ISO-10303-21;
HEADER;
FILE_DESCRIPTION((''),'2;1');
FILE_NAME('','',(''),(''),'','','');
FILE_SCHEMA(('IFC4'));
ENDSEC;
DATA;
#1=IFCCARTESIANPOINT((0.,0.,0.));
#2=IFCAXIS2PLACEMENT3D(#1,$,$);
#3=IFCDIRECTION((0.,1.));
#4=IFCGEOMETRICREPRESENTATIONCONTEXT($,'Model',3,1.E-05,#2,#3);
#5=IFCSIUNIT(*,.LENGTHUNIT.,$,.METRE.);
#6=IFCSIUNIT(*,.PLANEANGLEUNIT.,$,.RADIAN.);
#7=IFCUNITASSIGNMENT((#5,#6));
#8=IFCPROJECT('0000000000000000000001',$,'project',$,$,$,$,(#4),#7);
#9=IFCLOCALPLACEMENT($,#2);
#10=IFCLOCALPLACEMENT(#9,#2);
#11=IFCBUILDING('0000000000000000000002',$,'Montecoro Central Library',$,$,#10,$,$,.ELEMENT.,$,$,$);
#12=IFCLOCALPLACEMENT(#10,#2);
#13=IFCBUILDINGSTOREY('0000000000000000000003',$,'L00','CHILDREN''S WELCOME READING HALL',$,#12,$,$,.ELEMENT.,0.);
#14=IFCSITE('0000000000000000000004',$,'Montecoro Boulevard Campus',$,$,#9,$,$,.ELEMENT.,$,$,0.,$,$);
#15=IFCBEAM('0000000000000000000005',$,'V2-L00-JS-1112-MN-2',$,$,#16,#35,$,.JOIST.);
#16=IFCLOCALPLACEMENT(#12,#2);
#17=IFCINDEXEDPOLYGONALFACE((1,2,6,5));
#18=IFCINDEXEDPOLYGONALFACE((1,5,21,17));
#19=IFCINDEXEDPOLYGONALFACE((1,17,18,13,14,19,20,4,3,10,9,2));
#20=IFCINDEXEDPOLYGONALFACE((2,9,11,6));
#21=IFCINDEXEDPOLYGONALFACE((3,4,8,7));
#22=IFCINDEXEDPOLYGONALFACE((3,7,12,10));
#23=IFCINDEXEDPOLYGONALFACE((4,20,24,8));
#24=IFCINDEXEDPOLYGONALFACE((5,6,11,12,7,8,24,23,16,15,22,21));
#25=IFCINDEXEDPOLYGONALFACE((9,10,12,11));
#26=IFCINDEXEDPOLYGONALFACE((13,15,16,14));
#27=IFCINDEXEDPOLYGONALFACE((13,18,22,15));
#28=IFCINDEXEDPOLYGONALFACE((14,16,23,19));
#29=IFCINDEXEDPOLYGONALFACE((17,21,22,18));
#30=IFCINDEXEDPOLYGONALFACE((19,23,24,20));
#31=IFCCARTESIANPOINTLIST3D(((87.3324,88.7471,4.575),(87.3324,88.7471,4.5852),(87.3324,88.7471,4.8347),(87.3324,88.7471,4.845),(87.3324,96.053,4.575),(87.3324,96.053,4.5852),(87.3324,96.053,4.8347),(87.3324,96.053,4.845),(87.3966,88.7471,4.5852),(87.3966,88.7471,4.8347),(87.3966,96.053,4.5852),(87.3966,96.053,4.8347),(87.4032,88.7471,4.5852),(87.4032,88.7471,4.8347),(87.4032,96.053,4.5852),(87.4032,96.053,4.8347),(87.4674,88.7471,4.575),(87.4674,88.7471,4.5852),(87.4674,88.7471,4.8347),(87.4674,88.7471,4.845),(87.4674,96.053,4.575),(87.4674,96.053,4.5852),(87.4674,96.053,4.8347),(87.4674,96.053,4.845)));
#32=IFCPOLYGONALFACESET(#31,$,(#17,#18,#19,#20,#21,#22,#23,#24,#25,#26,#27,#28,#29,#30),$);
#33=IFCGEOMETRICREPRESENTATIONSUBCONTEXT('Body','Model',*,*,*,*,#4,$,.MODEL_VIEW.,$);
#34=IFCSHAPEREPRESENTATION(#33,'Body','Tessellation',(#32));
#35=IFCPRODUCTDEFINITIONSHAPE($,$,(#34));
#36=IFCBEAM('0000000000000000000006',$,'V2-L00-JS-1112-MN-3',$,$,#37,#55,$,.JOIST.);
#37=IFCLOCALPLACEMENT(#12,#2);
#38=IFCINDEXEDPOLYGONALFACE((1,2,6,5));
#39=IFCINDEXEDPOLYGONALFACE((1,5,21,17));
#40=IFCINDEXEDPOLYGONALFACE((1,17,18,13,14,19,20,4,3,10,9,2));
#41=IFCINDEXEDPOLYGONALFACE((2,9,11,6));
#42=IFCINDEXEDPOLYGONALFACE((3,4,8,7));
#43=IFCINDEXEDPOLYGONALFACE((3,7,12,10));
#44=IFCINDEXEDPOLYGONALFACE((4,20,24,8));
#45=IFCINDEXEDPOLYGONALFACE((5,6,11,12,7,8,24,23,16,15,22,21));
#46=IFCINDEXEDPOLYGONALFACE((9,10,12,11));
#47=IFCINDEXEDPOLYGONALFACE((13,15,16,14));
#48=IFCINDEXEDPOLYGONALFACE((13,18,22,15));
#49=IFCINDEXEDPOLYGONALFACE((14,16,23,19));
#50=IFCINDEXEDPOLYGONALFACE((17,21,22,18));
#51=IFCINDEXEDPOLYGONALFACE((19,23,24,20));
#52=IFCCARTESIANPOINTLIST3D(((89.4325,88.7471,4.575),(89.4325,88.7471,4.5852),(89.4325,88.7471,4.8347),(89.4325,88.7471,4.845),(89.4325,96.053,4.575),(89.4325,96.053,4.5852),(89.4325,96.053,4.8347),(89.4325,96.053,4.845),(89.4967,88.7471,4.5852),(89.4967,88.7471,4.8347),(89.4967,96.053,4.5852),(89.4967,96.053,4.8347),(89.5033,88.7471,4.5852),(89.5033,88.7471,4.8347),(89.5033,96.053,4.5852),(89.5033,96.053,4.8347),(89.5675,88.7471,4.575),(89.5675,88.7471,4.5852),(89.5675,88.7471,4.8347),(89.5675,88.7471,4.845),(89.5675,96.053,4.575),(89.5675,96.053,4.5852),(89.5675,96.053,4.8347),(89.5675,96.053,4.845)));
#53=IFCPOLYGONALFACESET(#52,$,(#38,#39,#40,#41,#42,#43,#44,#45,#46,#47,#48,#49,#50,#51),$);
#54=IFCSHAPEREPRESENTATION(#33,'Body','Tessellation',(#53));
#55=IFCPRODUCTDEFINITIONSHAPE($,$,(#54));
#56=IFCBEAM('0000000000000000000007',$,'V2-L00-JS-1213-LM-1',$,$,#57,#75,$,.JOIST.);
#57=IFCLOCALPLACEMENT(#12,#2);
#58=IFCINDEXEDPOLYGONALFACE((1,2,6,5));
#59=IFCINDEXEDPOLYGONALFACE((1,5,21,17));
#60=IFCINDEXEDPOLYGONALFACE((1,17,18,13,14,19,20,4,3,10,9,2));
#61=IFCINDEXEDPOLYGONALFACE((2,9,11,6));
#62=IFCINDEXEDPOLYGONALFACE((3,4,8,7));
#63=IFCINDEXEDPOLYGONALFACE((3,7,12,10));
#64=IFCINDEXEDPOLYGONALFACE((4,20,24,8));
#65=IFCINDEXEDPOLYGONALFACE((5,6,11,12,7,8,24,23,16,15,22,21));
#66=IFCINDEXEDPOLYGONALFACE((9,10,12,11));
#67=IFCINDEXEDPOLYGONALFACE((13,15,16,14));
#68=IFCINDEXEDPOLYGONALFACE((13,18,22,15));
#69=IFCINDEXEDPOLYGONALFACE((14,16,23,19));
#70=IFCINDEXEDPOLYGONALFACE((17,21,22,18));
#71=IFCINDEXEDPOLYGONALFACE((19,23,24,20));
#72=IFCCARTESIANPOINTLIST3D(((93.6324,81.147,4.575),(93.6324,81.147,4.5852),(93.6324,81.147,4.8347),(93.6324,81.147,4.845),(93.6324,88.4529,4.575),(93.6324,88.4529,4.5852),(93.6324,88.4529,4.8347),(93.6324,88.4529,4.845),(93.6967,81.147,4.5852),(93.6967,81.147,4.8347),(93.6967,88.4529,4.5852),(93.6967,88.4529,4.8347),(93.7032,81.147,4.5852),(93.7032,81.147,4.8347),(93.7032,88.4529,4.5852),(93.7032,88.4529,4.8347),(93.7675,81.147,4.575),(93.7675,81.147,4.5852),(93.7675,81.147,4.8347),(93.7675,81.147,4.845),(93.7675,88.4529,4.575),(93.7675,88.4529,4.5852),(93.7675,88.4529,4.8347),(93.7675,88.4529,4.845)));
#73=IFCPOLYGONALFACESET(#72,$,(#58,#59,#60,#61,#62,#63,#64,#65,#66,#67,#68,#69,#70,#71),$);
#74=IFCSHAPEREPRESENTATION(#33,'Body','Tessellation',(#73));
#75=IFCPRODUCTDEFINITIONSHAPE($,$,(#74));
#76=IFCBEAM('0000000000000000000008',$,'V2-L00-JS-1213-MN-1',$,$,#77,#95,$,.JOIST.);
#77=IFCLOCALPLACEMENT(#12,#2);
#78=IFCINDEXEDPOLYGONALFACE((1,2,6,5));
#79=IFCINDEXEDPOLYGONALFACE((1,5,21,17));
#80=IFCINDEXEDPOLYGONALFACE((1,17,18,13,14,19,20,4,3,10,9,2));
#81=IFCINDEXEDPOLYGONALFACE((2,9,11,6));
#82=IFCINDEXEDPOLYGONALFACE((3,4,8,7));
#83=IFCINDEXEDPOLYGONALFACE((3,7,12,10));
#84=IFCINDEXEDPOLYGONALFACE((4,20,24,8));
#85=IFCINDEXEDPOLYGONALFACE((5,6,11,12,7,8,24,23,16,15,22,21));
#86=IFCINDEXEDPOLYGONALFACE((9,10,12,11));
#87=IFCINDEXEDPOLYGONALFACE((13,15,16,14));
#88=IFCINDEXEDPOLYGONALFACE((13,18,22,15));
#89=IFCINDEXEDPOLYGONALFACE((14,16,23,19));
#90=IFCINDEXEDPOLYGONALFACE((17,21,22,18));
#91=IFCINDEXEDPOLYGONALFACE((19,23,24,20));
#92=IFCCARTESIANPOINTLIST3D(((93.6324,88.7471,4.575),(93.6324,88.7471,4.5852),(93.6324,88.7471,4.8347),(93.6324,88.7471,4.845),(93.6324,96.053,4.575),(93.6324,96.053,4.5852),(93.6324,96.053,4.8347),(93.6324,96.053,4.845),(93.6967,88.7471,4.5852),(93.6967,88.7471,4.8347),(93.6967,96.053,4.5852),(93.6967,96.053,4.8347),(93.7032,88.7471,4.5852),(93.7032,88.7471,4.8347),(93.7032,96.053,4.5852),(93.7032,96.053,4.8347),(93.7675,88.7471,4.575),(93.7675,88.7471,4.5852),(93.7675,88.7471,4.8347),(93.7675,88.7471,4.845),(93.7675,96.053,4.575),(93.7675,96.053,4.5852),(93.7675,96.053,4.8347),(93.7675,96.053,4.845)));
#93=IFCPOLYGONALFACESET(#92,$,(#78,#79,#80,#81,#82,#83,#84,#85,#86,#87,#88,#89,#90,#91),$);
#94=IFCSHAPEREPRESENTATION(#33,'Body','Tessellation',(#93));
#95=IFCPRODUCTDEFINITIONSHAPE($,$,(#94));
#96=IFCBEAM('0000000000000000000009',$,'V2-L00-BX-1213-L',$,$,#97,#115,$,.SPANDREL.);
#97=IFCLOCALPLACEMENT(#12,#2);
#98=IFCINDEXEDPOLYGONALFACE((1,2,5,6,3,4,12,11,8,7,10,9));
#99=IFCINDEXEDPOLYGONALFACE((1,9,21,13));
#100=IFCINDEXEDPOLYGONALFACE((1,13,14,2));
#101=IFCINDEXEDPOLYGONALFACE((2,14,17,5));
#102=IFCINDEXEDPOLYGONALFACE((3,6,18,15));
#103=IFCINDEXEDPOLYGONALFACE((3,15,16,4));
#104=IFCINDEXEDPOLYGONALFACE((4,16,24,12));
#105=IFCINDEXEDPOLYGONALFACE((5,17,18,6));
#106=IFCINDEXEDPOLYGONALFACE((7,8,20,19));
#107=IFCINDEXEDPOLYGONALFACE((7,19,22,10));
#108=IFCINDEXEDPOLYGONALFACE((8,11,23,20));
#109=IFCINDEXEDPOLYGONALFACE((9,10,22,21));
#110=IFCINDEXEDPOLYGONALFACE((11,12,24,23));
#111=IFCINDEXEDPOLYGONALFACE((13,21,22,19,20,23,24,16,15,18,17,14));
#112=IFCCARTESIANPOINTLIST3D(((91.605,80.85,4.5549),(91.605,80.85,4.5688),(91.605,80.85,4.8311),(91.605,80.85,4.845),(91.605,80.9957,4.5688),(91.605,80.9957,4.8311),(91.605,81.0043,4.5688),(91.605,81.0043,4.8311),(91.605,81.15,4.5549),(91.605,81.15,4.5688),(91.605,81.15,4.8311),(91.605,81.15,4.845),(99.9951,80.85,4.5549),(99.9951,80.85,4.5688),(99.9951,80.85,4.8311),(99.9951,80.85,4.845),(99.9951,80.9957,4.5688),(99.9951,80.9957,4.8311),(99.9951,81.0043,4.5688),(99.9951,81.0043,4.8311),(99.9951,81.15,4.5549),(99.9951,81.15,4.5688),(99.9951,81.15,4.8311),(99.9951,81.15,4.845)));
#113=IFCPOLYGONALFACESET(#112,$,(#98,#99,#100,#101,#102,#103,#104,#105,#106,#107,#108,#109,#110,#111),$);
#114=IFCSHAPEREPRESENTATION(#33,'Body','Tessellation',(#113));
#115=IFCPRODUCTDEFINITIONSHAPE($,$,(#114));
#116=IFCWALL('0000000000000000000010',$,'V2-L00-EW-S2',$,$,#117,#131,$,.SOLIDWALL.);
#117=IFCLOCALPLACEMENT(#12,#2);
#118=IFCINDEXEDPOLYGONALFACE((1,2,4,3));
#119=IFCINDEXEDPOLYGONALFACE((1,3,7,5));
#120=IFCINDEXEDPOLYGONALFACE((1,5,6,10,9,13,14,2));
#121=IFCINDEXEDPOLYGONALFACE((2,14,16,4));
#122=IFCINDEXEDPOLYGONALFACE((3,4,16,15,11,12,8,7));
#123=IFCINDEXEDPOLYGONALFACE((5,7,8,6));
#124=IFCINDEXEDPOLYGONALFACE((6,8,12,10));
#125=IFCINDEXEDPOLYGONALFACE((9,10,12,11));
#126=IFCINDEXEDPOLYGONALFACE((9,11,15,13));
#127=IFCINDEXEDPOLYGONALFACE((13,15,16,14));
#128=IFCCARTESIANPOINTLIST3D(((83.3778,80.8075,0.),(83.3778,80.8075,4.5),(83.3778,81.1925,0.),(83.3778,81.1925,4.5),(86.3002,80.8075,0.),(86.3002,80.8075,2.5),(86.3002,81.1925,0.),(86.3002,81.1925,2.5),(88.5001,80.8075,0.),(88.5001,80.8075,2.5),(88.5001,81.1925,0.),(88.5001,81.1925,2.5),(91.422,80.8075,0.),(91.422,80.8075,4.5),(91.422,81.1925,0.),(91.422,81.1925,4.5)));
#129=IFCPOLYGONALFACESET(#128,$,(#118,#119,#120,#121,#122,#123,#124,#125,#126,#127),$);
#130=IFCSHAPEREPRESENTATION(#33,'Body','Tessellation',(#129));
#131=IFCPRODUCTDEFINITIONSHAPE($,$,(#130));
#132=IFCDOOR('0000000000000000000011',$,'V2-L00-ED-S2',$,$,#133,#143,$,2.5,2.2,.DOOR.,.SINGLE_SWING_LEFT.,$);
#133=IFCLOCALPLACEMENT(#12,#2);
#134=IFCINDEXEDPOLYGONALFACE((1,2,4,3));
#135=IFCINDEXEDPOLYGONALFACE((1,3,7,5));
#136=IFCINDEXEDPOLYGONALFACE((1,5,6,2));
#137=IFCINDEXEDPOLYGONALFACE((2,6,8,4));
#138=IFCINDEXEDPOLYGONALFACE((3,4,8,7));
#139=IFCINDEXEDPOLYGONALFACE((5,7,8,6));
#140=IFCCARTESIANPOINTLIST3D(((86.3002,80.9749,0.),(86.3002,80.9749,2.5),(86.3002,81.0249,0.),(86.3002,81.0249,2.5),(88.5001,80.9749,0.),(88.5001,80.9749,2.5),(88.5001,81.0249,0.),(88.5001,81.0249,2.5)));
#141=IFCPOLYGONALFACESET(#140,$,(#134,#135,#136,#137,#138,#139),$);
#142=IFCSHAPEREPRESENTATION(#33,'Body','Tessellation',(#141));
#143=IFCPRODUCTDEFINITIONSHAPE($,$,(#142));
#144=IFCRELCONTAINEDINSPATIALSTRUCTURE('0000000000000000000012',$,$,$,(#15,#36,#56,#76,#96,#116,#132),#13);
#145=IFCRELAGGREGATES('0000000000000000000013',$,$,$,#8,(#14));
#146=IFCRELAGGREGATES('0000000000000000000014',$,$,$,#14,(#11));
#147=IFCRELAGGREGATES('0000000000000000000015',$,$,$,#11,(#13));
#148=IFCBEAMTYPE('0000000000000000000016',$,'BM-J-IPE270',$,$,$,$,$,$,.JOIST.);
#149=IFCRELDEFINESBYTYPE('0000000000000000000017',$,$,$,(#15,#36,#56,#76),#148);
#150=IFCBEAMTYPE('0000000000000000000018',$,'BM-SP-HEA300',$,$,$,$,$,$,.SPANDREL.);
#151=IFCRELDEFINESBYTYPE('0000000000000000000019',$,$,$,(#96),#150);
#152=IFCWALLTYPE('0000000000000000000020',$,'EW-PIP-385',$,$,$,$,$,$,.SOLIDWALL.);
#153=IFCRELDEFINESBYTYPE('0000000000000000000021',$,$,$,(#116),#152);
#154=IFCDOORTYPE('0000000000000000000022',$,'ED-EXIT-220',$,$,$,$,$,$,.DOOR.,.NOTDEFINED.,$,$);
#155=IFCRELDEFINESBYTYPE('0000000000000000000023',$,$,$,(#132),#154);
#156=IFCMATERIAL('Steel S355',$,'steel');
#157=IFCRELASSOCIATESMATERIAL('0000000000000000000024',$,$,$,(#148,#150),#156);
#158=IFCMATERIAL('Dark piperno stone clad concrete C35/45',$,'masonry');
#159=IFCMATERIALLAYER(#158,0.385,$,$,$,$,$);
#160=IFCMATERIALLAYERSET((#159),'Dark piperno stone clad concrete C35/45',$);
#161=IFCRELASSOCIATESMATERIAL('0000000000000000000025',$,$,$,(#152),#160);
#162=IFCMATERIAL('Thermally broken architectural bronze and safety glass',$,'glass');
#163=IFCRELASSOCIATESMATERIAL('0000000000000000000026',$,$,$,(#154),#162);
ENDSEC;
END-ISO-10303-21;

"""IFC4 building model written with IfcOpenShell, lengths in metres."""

from ifc_helpers import new_model, si_unit, direction, frame, frame_2d, origin, origin_2d, place, context, subcontext, project, spatial, rectangle, i_section, extrude, material, layer, layer_set, material_profile, profile_set, type_object, element, fill, save


model = new_model("IFC4")

# Units and contexts
model_context = context("Model", 3, precision=1e-05, world=origin(), true_north=direction((0.0, 1.0)))
body_context = subcontext(model_context, "Body", "Model", "MODEL_VIEW")
ifc_project = project(units=[si_unit("LENGTHUNIT", "METRE"), si_unit("PLANEANGLEUNIT", "RADIAN")], contexts=[model_context])

# Site, building, storey
site_placement = place(None, origin())
site = spatial("IfcSite", under=ifc_project, at=site_placement, Name="Montecoro Boulevard Campus", CompositionType="ELEMENT", RefElevation=0.0)
building_placement = place(site_placement, origin())
building = spatial("IfcBuilding", under=site, at=building_placement, Name="Montecoro Central Library", CompositionType="ELEMENT")
storey_placement = place(building_placement, origin())
storey = spatial("IfcBuildingStorey", under=building, at=storey_placement, Name="L00", Description="CHILDREN'S WELCOME READING HALL", CompositionType="ELEMENT", Elevation=0.0)

# Shared definitions
ifc_material_1 = material(Name="Steel S355", Category="steel")

# Beams
ifc_material_profile_1 = material_profile(ifc_material_1, i_section(OverallWidth=0.135, OverallDepth=0.27, WebThickness=0.0066, FlangeThickness=0.0103, at=origin_2d()), Name="IPE 270")
ifc_profile_set_1 = profile_set([ifc_material_profile_1], Name="Steel S355")
beam_type_1 = type_object("IfcBeamType", Name="BM-J-IPE270", PredefinedType="JOIST", material=ifc_profile_set_1)
for number, where, z_axis, x_axis, name in (
    (1, (87.3999, 88.7471, 4.71), (0.0, 1.0, 0.0), (-1.0, 0.0, 0.0), "V2-L00-JS-1112-MN-2"),
    (2, (89.5, 88.7471, 4.71), (0.0, 1.0, 0.0), (-1.0, 0.0, 0.0), "V2-L00-JS-1112-MN-3"),
    (3, (93.7, 81.147, 4.71), (0.0, 1.0, 0.0), (-1.0, 0.0, 0.0), "V2-L00-JS-1213-LM-1"),
    (4, (93.7, 88.7471, 4.71), (0.0, 1.0, 0.0), (-1.0, 0.0, 0.0), "V2-L00-JS-1213-MN-1"),
):
    element("IfcBeam", number, at=place(storey_placement, frame(where, z_axis=z_axis, x_axis=x_axis)), inside=storey, type_object=beam_type_1, Name=name, PredefinedType="JOIST", context=body_context, shape_type="SweptSolid", body=[
        extrude(i_section(OverallWidth=0.135, OverallDepth=0.27, WebThickness=0.0066, FlangeThickness=0.0103, at=origin_2d()), origin(), (0.0, 0.0, 1.0), 7.3059),
    ])
ifc_material_profile_2 = material_profile(ifc_material_1, i_section(OverallWidth=0.3, OverallDepth=0.29, WebThickness=0.0085, FlangeThickness=0.0139, at=origin_2d()), Name="HEA 300")
ifc_profile_set_2 = profile_set([ifc_material_profile_2], Name="Steel S355")
beam_type_2 = type_object("IfcBeamType", Name="BM-SP-HEA300", PredefinedType="SPANDREL", material=ifc_profile_set_2)
beam_1_placement = place(storey_placement, frame((91.605, 81.0, 4.7), z_axis=(1.0, 0.0, 0.0), x_axis=(0.0, 1.0, 0.0)))
element("IfcBeam", 5, at=beam_1_placement, inside=storey, type_object=beam_type_2, Name="V2-L00-BX-1213-L", PredefinedType="SPANDREL", context=body_context, shape_type="SweptSolid", body=[
    extrude(i_section(OverallWidth=0.3, OverallDepth=0.29, WebThickness=0.0085, FlangeThickness=0.0139, at=origin_2d()), origin(), (0.0, 0.0, 1.0), 8.3901),
])

# Wall, opening, door
ifc_material_2 = material(Name="Dark piperno stone clad concrete C35/45", Category="masonry")
ifc_layer = layer(ifc_material_2, 0.385)
ifc_layer_set = layer_set([ifc_layer], Name="Dark piperno stone clad concrete C35/45")
wall_type = type_object("IfcWallType", Name="EW-PIP-385", PredefinedType="SOLIDWALL", material=ifc_layer_set)
wall_1_placement = place(storey_placement, frame((83.3779, 81.0, 0.0), z_axis=(0.0, 0.0, 1.0), x_axis=(1.0, 0.0, 0.0)))
wall_1 = element("IfcWall", 6, at=wall_1_placement, inside=storey, type_object=wall_type, Name="V2-L00-EW-S2", PredefinedType="SOLIDWALL", context=body_context, shape_type="SweptSolid", body=[
    extrude(rectangle(XDim=8.0442, YDim=0.385, at=frame_2d((4.022, 0.0))), origin(), (0.0, 0.0, 1.0), 4.5),
])
opening_1_placement = place(wall_1_placement, frame((2.9221, 0.0, 0.0)))
opening_1 = element("IfcOpeningElement", 7, at=opening_1_placement, cuts=wall_1, PredefinedType="OPENING", context=body_context, shape_type="SweptSolid", body=[
    extrude(rectangle(XDim=2.2, YDim=2.5, at=frame_2d((1.1001, 1.25))), frame((0.0, 0.2024, 0.0), z_axis=(0.0, -1.0, 0.0), x_axis=(1.0, 0.0, 0.0)), (0.0, 0.0, 1.0), 0.405),
])
ifc_material_3 = material(Name="Thermally broken architectural bronze and safety glass", Category="glass")
door_type = type_object("IfcDoorType", Name="ED-EXIT-220", OperationType="NOTDEFINED", PredefinedType="DOOR", material=ifc_material_3)
door_placement = place(opening_1_placement, origin())
door = element("IfcDoor", 8, at=door_placement, inside=storey, type_object=door_type, Name="V2-L00-ED-S2", OperationType="SINGLE_SWING_LEFT", OverallHeight=2.5, OverallWidth=2.2, PredefinedType="DOOR", context=body_context, shape_type="SweptSolid", body=[
    extrude(rectangle(XDim=2.2, YDim=2.5, at=frame_2d((1.1001, 1.25))), frame((0.0, 0.0249, 0.0), z_axis=(0.0, -1.0, 0.0), x_axis=(1.0, 0.0, 0.0)), (0.0, 0.0, 1.0), 0.05),
])
fill(opening_1, door)

save(model, "model.ifc")
